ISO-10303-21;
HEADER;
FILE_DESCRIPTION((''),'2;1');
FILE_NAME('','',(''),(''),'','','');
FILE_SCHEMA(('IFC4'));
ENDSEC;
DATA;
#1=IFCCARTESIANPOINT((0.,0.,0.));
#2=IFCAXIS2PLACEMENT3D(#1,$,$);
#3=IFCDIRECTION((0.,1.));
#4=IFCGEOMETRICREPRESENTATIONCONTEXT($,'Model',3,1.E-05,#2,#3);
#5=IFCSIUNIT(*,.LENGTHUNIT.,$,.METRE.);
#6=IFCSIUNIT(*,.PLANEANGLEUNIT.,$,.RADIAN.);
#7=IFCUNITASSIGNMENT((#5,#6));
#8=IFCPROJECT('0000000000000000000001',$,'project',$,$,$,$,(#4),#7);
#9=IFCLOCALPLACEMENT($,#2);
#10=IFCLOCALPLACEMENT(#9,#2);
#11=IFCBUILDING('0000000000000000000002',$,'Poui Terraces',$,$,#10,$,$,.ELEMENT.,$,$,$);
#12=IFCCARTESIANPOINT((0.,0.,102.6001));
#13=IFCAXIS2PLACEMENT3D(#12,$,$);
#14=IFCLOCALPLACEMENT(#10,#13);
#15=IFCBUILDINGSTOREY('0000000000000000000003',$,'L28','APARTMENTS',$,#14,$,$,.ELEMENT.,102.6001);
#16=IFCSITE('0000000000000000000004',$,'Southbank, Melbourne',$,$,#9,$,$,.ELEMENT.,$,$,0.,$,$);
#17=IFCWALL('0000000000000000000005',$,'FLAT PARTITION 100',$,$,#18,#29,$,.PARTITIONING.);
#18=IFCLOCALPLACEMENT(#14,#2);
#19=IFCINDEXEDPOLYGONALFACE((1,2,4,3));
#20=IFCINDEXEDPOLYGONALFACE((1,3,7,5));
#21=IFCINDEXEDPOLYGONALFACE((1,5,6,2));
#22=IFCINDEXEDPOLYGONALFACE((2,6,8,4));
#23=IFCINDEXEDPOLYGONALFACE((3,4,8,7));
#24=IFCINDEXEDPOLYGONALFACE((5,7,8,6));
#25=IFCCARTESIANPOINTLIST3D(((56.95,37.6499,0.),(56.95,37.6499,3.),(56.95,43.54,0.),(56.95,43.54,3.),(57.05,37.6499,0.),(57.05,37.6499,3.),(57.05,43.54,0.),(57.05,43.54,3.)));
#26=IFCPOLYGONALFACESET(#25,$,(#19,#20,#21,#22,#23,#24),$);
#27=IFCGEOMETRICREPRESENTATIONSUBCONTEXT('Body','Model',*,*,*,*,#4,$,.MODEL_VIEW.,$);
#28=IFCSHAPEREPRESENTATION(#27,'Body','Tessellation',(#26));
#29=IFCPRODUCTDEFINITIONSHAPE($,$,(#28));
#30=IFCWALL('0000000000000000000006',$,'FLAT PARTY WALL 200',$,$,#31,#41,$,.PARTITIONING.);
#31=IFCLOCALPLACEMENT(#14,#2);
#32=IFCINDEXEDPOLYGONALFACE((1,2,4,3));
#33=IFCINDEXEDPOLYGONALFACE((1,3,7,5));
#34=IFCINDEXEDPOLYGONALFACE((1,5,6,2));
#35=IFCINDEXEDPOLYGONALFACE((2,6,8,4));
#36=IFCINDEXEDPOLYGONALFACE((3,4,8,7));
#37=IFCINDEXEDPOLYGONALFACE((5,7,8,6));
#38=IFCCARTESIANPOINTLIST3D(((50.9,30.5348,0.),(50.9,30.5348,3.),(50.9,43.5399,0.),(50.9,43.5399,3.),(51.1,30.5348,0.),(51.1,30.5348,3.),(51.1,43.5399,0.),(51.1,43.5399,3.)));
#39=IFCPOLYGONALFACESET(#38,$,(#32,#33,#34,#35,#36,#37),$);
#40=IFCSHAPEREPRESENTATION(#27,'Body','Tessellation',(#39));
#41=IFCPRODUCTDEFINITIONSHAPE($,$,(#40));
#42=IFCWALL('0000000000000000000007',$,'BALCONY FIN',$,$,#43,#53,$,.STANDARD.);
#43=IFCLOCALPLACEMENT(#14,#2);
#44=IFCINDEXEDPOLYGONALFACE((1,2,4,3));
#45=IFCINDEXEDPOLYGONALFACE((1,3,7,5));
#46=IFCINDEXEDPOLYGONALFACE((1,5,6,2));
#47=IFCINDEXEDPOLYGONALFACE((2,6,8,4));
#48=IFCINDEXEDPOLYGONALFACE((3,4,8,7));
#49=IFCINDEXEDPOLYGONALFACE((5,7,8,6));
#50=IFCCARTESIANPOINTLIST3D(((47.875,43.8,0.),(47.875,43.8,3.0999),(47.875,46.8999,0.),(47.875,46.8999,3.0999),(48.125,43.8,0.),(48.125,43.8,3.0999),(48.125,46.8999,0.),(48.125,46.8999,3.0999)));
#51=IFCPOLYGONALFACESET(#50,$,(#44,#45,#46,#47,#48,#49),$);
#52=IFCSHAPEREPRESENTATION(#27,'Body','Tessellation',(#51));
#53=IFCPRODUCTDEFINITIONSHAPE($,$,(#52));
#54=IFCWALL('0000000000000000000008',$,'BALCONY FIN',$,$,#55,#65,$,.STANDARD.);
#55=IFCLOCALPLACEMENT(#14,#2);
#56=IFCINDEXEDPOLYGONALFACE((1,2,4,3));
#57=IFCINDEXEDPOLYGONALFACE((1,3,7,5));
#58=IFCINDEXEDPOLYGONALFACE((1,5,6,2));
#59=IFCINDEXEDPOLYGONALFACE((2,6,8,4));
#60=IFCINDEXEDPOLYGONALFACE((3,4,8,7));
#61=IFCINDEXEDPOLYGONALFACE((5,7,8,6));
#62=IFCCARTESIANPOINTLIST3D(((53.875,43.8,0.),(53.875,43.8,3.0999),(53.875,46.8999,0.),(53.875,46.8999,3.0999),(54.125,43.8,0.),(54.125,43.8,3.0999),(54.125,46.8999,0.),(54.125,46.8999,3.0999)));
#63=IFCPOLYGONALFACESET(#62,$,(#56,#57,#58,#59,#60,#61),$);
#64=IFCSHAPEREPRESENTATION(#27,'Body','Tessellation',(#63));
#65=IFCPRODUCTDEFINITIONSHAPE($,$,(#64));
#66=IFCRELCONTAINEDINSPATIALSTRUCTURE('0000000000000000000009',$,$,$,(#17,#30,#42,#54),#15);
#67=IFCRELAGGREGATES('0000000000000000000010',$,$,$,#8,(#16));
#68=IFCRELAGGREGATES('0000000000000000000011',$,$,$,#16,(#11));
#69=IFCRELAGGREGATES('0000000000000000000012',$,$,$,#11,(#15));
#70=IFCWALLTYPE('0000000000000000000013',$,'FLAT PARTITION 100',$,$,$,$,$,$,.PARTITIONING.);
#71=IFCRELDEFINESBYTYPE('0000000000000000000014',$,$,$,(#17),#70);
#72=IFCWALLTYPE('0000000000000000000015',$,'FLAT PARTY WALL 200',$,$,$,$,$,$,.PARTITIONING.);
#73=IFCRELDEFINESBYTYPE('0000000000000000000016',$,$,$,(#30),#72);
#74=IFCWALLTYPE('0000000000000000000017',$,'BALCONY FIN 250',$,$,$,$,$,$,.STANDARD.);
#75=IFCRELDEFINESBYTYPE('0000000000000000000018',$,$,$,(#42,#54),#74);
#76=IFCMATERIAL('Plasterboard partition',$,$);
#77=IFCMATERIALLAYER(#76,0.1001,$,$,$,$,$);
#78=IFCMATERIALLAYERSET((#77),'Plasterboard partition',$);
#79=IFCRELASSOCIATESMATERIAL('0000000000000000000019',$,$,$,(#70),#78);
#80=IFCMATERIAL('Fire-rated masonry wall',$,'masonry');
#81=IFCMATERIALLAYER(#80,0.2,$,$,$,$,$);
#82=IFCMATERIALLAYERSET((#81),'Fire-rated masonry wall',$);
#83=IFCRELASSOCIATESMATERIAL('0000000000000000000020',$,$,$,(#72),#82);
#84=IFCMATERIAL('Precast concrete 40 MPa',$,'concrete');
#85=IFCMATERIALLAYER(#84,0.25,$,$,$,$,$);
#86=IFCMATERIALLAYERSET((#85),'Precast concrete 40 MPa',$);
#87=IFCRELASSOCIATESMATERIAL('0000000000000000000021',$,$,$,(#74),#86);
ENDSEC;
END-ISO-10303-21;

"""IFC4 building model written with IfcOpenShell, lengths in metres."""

from ifc_helpers import new_model, si_unit, direction, frame, frame_2d, origin, place, context, subcontext, project, spatial, polyline, rectangle, outline, extrude, source, transform, mapped, material, layer, layer_set, type_object, element, save


model = new_model("IFC4")

# Units and contexts
model_context = context("Model", 3, precision=1e-05, world=origin(), true_north=direction((0.0, 1.0)))
body_context = subcontext(model_context, "Body", "Model", "MODEL_VIEW")
ifc_project = project(units=[si_unit("LENGTHUNIT", "METRE"), si_unit("PLANEANGLEUNIT", "RADIAN")], contexts=[model_context])

# Site, building, storey
site_placement = place(None, origin())
site = spatial("IfcSite", under=ifc_project, at=site_placement, Name="Southbank, Melbourne", CompositionType="ELEMENT", RefElevation=0.0)
building_placement = place(site_placement, origin())
building = spatial("IfcBuilding", under=site, at=building_placement, Name="Poui Terraces", CompositionType="ELEMENT")
storey_placement = place(building_placement, frame((0.0, 0.0, 102.6001)))
storey = spatial("IfcBuildingStorey", under=building, at=storey_placement, Name="L28", Description="APARTMENTS", CompositionType="ELEMENT", Elevation=102.6001)

# Shared definitions
ifc_material_1 = material(Name="Plasterboard partition")
ifc_layer_1 = layer(ifc_material_1, 0.1001)
ifc_layer_set_1 = layer_set([ifc_layer_1], Name="Plasterboard partition")
wall_type_1 = type_object("IfcWallType", Name="FLAT PARTITION 100", PredefinedType="PARTITIONING", material=ifc_layer_set_1)

# Walls
wall_1_placement = place(storey_placement, frame((57.0, 37.6499, 0.0), z_axis=(0.0, 0.0, 1.0), x_axis=(0.0, 1.0, 0.0)))
element("IfcWall", 1, at=wall_1_placement, inside=storey, type_object=wall_type_1, Name="FLAT PARTITION 100", PredefinedType="PARTITIONING", context=body_context, shape_type="SweptSolid", body=[
    extrude(rectangle(XDim=5.8901, YDim=0.1001, at=frame_2d((2.9451, 0.0))), origin(), (0.0, 0.0, 1.0), 3.0),
])
ifc_material_2 = material(Name="Fire-rated masonry wall", Category="masonry")
ifc_layer_2 = layer(ifc_material_2, 0.2)
ifc_layer_set_2 = layer_set([ifc_layer_2], Name="Fire-rated masonry wall")
wall_type_2 = type_object("IfcWallType", Name="FLAT PARTY WALL 200", PredefinedType="PARTITIONING", material=ifc_layer_set_2)
wall_2_placement = place(storey_placement, frame((51.0, 30.5349, 0.0), z_axis=(0.0, 0.0, 1.0), x_axis=(0.0, 1.0, 0.0)))
element("IfcWall", 2, at=wall_2_placement, inside=storey, type_object=wall_type_2, Name="FLAT PARTY WALL 200", PredefinedType="PARTITIONING", context=body_context, shape_type="SweptSolid", body=[
    extrude(rectangle(XDim=13.0051, YDim=0.2, at=frame_2d((6.5024, 0.0))), origin(), (0.0, 0.0, 1.0), 3.0),
])
ifc_material_3 = material(Name="Precast concrete 40 MPa", Category="concrete")
ifc_layer_3 = layer(ifc_material_3, 0.25)
ifc_layer_set_3 = layer_set([ifc_layer_3], Name="Precast concrete 40 MPa")
wall_type_3 = type_object("IfcWallType", Name="BALCONY FIN 250", PredefinedType="STANDARD", material=ifc_layer_set_3)
shared_shape_1 = source(origin(), body_context, "Body", "SweptSolid", [
    extrude(outline(polyline([(0.0, 0.0), (0.25, 0.0), (0.25, 3.0999), (0.0, 3.0999), (0.0, 0.0)])), origin(), (0.0, 0.0, 1.0), 3.0999),
])
for number, where, name in (
    (3, (47.875, 43.8, 0.0), "BALCONY FIN"),
    (4, (53.875, 43.8, 0.0), "BALCONY FIN"),
):
    element("IfcWall", number, at=place(storey_placement, frame(where)), inside=storey, type_object=wall_type_3, Name=name, PredefinedType="STANDARD", context=body_context, shape_type="MappedRepresentation", body=[
        mapped(shared_shape_1, transform((0.0, 0.0, 0.0))),
    ])

save(model, "model.ifc")
